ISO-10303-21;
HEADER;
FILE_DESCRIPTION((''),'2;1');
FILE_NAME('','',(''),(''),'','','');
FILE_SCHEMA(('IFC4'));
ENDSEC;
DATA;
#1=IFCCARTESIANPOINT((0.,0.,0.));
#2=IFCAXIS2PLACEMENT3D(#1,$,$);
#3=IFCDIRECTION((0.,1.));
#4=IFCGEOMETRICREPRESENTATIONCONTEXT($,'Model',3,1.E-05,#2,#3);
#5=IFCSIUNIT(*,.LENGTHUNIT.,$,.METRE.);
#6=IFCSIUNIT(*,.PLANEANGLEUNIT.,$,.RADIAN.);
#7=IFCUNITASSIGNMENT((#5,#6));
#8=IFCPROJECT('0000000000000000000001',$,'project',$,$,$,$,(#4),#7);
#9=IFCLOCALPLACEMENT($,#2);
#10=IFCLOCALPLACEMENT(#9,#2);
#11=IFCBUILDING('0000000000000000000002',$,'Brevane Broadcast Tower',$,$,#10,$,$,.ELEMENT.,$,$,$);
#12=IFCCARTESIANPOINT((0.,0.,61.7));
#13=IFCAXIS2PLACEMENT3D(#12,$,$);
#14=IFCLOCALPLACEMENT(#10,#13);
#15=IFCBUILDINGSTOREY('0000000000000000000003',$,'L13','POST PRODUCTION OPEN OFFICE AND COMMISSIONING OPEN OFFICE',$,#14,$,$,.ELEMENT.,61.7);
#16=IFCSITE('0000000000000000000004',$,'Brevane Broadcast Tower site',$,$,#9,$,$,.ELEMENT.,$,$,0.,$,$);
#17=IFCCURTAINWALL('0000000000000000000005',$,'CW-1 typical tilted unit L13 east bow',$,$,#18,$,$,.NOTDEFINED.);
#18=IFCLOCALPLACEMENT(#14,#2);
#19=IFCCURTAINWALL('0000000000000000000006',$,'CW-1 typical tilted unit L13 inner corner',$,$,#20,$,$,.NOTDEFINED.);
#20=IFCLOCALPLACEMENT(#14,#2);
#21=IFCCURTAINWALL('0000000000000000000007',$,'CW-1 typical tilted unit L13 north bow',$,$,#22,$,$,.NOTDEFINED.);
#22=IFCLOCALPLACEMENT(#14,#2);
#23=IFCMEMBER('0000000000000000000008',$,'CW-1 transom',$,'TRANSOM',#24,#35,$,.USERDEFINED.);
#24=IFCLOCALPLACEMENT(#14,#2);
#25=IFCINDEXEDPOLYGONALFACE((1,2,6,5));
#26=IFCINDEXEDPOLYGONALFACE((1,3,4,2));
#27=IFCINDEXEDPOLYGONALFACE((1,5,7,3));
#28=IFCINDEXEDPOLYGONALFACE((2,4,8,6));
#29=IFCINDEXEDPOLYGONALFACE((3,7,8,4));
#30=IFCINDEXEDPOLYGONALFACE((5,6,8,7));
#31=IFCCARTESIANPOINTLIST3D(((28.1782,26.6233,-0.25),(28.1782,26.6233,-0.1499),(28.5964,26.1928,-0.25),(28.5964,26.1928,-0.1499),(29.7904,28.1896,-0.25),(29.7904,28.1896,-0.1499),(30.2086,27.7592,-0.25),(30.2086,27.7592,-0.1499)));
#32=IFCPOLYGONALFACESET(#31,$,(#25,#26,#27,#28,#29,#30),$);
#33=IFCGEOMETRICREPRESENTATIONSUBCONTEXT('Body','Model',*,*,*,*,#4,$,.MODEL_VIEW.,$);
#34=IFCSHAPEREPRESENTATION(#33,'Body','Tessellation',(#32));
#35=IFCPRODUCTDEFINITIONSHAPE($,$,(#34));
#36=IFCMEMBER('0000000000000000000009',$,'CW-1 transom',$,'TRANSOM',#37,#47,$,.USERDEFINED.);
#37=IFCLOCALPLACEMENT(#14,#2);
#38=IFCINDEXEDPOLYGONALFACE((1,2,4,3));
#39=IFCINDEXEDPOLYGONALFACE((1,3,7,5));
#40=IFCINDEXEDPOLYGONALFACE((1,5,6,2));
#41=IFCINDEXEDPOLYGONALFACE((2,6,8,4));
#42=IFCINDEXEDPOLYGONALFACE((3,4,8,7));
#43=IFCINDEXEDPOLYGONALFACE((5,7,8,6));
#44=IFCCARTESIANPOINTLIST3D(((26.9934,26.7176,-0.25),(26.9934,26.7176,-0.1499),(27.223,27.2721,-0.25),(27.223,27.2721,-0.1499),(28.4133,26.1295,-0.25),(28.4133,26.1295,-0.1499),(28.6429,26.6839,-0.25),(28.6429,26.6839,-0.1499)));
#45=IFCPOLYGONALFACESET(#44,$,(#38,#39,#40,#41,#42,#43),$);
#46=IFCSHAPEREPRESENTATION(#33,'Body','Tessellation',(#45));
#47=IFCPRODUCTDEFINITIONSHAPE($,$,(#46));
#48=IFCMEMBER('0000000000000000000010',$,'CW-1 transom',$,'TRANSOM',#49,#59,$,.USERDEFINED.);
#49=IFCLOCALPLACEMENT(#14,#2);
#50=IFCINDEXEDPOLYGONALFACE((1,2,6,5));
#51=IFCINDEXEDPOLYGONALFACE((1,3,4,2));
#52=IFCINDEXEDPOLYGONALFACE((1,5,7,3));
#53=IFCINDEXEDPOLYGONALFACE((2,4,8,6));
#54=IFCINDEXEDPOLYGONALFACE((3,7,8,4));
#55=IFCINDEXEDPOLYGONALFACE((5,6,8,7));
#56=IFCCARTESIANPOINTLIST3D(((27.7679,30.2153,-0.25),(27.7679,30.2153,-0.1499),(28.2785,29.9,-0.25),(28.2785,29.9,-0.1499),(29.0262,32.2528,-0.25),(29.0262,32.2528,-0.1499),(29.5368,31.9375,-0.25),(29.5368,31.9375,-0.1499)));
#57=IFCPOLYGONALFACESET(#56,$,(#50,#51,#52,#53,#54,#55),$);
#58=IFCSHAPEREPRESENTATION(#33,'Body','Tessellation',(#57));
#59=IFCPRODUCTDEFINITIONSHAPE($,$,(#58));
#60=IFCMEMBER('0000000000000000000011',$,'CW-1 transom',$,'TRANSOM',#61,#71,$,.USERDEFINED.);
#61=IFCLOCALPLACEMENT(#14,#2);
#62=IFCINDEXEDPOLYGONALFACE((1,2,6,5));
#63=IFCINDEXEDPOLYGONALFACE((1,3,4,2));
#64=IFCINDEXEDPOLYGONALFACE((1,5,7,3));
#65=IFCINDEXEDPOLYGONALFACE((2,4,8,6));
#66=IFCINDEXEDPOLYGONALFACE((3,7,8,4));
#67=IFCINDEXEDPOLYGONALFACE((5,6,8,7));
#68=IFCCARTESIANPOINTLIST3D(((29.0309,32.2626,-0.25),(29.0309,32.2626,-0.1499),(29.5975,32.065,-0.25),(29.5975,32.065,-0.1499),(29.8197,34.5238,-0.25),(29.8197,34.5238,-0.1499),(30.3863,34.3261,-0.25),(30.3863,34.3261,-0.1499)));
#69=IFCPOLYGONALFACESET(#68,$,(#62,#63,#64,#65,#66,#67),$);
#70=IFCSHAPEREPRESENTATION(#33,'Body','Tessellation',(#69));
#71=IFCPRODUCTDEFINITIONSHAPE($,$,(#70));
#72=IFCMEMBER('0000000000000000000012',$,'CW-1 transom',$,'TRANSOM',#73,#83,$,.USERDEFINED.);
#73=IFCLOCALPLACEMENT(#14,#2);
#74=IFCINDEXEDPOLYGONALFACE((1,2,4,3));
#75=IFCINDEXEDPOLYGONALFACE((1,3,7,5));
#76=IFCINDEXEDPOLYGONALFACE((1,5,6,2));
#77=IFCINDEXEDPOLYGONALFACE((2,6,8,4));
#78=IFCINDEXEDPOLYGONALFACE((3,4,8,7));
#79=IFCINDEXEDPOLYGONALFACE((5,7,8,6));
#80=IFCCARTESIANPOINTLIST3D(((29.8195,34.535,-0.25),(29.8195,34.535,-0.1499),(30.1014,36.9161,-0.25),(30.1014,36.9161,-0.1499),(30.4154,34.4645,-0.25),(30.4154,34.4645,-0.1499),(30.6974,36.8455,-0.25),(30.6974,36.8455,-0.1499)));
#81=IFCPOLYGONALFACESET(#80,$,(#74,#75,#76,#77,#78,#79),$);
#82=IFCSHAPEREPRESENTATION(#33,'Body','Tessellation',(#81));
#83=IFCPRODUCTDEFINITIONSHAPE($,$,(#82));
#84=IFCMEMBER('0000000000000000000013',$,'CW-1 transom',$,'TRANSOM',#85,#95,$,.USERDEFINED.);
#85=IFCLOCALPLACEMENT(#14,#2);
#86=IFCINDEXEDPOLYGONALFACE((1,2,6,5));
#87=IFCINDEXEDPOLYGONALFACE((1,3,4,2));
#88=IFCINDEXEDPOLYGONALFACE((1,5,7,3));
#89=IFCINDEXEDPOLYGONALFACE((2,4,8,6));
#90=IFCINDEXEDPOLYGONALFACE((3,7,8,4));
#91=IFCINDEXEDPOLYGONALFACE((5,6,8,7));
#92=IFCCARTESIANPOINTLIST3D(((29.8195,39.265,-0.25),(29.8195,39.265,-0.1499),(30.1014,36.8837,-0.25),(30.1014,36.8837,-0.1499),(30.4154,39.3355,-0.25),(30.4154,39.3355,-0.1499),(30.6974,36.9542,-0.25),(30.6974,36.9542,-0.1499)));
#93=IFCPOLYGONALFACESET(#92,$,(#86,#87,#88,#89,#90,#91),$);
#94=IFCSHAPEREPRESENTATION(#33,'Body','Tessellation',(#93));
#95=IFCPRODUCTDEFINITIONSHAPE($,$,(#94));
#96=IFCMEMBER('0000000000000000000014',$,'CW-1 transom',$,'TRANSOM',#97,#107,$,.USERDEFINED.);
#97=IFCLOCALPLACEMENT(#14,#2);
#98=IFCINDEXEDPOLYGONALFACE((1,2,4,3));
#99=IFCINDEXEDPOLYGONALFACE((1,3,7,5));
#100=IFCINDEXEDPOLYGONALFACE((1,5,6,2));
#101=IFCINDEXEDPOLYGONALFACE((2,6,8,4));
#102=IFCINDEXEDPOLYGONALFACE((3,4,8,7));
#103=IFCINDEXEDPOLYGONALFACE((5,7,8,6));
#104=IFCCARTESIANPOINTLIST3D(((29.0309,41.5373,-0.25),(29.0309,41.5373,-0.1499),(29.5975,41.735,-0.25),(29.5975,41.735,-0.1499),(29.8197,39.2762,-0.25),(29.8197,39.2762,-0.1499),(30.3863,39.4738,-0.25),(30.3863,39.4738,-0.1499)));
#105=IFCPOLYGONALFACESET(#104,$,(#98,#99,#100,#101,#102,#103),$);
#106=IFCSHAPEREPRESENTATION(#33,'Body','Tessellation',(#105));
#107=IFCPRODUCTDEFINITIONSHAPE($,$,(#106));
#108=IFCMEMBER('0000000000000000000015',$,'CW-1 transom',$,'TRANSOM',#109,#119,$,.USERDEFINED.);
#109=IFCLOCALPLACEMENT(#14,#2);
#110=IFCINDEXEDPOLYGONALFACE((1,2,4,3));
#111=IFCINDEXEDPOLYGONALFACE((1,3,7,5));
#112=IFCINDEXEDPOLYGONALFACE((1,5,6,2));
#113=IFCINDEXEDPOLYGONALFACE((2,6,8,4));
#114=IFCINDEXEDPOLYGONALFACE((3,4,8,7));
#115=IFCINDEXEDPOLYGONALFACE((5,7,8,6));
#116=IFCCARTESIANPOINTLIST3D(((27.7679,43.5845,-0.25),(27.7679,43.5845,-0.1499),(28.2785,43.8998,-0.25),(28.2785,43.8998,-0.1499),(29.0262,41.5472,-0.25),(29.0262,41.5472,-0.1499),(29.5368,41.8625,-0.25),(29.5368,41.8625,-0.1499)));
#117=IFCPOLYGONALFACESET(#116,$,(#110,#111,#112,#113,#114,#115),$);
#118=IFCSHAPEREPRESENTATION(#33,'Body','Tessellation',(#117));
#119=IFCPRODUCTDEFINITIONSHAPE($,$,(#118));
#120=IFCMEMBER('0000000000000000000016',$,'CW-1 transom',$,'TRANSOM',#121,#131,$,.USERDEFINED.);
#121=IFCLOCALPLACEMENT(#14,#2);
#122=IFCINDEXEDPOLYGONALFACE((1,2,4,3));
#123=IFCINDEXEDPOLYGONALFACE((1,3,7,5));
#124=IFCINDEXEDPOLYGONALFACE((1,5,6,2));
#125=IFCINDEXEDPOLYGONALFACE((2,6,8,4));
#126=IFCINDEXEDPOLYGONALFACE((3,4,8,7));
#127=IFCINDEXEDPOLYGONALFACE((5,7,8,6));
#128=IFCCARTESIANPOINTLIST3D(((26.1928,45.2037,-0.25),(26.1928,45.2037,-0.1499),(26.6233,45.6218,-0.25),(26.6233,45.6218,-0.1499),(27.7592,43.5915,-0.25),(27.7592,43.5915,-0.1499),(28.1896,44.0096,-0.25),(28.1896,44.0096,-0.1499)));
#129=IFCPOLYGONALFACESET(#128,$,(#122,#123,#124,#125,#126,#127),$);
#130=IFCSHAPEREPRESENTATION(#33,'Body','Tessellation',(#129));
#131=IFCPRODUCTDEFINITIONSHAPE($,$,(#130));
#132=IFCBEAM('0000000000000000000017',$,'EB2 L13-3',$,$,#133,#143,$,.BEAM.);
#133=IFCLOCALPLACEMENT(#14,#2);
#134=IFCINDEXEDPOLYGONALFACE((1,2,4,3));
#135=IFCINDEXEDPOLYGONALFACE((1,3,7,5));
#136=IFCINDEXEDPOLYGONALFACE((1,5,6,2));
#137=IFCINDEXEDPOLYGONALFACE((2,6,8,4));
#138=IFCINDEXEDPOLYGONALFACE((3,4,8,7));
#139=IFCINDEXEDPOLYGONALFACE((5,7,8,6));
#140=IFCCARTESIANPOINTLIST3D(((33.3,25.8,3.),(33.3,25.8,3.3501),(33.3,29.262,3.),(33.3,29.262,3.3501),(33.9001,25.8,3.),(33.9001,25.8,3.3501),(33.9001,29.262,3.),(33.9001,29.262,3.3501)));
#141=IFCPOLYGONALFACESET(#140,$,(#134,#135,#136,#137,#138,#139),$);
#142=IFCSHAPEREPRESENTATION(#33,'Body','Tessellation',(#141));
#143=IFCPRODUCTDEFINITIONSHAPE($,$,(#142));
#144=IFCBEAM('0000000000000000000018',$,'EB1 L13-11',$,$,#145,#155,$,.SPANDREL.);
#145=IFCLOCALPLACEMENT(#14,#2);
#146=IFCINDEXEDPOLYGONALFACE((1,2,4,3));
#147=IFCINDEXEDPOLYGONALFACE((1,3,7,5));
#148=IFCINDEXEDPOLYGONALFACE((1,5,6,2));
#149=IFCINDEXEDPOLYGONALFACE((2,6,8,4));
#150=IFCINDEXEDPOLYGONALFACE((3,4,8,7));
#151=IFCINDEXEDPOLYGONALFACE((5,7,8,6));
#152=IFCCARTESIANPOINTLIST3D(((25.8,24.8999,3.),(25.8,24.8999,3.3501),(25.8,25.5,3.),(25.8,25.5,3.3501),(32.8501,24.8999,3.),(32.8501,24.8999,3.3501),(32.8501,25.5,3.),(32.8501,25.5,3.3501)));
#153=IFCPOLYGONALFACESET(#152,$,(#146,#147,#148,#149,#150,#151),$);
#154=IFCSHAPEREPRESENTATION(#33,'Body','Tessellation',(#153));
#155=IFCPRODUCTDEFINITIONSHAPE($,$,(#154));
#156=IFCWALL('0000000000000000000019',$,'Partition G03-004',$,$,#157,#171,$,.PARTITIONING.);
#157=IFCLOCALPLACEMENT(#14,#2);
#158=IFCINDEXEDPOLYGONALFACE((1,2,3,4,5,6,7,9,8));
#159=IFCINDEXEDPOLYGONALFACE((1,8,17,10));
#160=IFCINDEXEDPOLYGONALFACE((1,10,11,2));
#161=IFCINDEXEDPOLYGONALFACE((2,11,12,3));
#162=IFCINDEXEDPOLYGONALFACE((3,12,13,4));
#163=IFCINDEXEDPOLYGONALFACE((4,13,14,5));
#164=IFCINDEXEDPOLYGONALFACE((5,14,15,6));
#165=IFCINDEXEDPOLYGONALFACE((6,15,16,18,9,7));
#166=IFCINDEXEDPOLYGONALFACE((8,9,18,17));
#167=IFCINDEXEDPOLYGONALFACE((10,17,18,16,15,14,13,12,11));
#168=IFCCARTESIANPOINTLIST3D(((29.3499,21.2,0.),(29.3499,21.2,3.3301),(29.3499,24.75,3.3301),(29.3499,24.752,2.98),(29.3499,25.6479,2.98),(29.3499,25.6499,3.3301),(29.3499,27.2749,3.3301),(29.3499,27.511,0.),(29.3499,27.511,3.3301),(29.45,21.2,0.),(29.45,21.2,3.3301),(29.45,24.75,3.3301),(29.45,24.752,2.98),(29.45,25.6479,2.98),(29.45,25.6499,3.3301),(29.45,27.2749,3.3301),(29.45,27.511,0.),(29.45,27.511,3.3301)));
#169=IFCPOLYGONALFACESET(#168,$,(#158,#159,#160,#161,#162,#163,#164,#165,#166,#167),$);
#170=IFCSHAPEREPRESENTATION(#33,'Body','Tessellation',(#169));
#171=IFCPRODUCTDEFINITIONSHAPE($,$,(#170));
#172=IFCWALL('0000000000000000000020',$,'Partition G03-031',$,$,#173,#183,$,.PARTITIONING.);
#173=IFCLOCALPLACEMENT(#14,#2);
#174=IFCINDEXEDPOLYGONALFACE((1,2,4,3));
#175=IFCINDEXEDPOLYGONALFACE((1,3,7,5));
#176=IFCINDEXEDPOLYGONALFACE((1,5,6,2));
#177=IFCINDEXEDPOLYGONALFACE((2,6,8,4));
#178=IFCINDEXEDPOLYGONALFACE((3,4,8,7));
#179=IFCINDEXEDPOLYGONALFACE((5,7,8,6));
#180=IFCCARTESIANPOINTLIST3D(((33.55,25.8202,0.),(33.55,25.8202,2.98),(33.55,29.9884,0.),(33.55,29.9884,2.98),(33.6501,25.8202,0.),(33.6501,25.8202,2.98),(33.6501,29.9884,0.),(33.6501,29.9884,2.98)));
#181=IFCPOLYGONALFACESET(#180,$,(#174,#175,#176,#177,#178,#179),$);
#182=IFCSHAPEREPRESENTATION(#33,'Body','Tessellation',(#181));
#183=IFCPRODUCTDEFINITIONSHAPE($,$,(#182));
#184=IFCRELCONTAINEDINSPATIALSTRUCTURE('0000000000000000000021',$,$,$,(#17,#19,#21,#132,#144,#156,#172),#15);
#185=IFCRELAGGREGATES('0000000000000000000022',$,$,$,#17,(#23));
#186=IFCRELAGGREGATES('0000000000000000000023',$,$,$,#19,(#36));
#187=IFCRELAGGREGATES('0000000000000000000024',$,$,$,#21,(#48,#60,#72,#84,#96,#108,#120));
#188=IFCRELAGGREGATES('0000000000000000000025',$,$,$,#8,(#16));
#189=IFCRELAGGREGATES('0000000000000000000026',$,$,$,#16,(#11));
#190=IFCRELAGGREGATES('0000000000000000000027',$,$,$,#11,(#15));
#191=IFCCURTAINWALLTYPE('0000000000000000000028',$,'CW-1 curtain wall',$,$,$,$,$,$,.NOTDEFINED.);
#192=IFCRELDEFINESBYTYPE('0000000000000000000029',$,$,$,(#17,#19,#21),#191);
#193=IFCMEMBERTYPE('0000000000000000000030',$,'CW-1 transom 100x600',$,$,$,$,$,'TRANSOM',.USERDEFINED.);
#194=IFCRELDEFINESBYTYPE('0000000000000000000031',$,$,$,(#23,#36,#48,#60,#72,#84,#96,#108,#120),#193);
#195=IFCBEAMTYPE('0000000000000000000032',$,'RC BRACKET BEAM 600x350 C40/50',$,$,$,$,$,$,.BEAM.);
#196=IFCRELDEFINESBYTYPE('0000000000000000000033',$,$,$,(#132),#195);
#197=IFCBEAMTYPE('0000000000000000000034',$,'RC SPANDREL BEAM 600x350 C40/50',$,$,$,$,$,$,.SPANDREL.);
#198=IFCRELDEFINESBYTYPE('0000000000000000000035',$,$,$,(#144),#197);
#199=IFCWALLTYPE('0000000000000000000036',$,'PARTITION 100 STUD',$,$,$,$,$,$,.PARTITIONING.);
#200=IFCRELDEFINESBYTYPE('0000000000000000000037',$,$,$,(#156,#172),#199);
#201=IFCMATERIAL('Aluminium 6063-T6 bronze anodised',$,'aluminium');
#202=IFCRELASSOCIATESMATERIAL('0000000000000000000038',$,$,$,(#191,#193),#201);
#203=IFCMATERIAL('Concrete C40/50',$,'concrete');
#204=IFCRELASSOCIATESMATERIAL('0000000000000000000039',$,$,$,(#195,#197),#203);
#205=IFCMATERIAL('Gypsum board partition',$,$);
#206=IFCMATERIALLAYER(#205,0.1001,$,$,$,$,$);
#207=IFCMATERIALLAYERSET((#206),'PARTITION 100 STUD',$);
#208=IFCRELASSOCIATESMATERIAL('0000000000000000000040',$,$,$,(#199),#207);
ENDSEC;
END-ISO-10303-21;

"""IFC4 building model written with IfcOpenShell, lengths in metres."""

from ifc_helpers import new_model, si_unit, direction, frame, frame_2d, origin, origin_2d, place, context, subcontext, project, spatial, polyline, rectangle, outline, extrude, material, layer, layer_set, material_profile, profile_set, type_object, element, aggregate, save


model = new_model("IFC4")

# Units and contexts
model_context = context("Model", 3, precision=1e-05, world=origin(), true_north=direction((0.0, 1.0)))
body_context = subcontext(model_context, "Body", "Model", "MODEL_VIEW")
ifc_project = project(units=[si_unit("LENGTHUNIT", "METRE"), si_unit("PLANEANGLEUNIT", "RADIAN")], contexts=[model_context])

# Site, building, storey
site_placement = place(None, origin())
site = spatial("IfcSite", under=ifc_project, at=site_placement, Name="Brevane Broadcast Tower site", CompositionType="ELEMENT", RefElevation=0.0)
building_placement = place(site_placement, origin())
building = spatial("IfcBuilding", under=site, at=building_placement, Name="Brevane Broadcast Tower", CompositionType="ELEMENT")
storey_placement = place(building_placement, frame((0.0, 0.0, 61.7)))
storey = spatial("IfcBuildingStorey", under=building, at=storey_placement, Name="L13", Description="POST PRODUCTION OPEN OFFICE AND COMMISSIONING OPEN OFFICE", CompositionType="ELEMENT", Elevation=61.7)

# Curtain wall
ifc_material_1 = material(Name="Aluminium 6063-T6 bronze anodised", Category="aluminium")
curtain_wall_type = type_object("IfcCurtainWallType", Name="CW-1 curtain wall", PredefinedType="NOTDEFINED", material=ifc_material_1)
curtain_wall_1_placement = place(storey_placement, origin())
curtain_wall_1 = element("IfcCurtainWall", 1, at=curtain_wall_1_placement, inside=storey, type_object=curtain_wall_type, Name="CW-1 typical tilted unit L13 east bow", PredefinedType="NOTDEFINED")

# Curtain wall
curtain_wall_2_placement = place(storey_placement, origin())
curtain_wall_2 = element("IfcCurtainWall", 2, at=curtain_wall_2_placement, inside=storey, type_object=curtain_wall_type, Name="CW-1 typical tilted unit L13 inner corner", PredefinedType="NOTDEFINED")

# Curtain wall
curtain_wall_3_placement = place(storey_placement, origin())
curtain_wall_3 = element("IfcCurtainWall", 3, at=curtain_wall_3_placement, inside=storey, type_object=curtain_wall_type, Name="CW-1 typical tilted unit L13 north bow", PredefinedType="NOTDEFINED")

# Members
ifc_material_profile_1 = material_profile(ifc_material_1, rectangle(XDim=0.6001, YDim=0.1001, at=origin_2d()), Name="RECT 100x600")
ifc_profile_set_1 = profile_set([ifc_material_profile_1], Name="Aluminium 6063-T6 bronze anodised")
member_type_1 = type_object("IfcMemberType", Name="CW-1 transom 100x600", ElementType="TRANSOM", PredefinedType="USERDEFINED", material=ifc_profile_set_1)
member_1_placement = place(storey_placement, frame((29.9995, 27.9744, -0.2), z_axis=(-0.717242, -0.696824, 0.0), x_axis=(0.696824, -0.717242, 0.0)))
member_1 = element("IfcMember", 4, at=member_1_placement, type_object=member_type_1, Name="CW-1 transom", ObjectType="TRANSOM", PredefinedType="USERDEFINED", context=body_context, shape_type="SweptSolid", body=[
    extrude(rectangle(XDim=0.6001, YDim=0.1001, at=origin_2d()), origin(), (0.0, 0.0, 1.0), 2.2478),
])
aggregate(curtain_wall_1, [member_1])
member_2_placement = place(storey_placement, frame((28.5281, 26.4067, -0.2), z_axis=(-0.923883, 0.382674, 0.0), x_axis=(-0.382674, -0.923883, 0.0)))
member_2 = element("IfcMember", 5, at=member_2_placement, type_object=member_type_1, Name="CW-1 transom", ObjectType="TRANSOM", PredefinedType="USERDEFINED", context=body_context, shape_type="SweptSolid", body=[
    extrude(rectangle(XDim=0.6001, YDim=0.1001, at=origin_2d()), origin(), (0.0, 0.0, 1.0), 1.5369),
])
aggregate(curtain_wall_2, [member_2])
member_3_placement = place(storey_placement, frame((28.0232, 30.0576, -0.2), z_axis=(0.525428, 0.850838, 0.0), x_axis=(-0.850838, 0.525428, 0.0)))
member_3 = element("IfcMember", 6, at=member_3_placement, type_object=member_type_1, Name="CW-1 transom", ObjectType="TRANSOM", PredefinedType="USERDEFINED", context=body_context, shape_type="SweptSolid", body=[
    extrude(rectangle(XDim=0.6001, YDim=0.1001, at=origin_2d()), origin(), (0.0, 0.0, 1.0), 2.3948),
])
member_4_placement = place(storey_placement, frame((29.3142, 32.1638, -0.2), z_axis=(0.329378, 0.944198, 0.0), x_axis=(-0.944198, 0.329378, 0.0)))
member_4 = element("IfcMember", 7, at=member_4_placement, type_object=member_type_1, Name="CW-1 transom", ObjectType="TRANSOM", PredefinedType="USERDEFINED", context=body_context, shape_type="SweptSolid", body=[
    extrude(rectangle(XDim=0.6001, YDim=0.1001, at=origin_2d()), origin(), (0.0, 0.0, 1.0), 2.3948),
])
member_5_placement = place(storey_placement, frame((30.1174, 34.4998, -0.2), z_axis=(0.117603, 0.993061, 0.0), x_axis=(-0.993061, 0.117603, 0.0)))
member_5 = element("IfcMember", 8, at=member_5_placement, type_object=member_type_1, Name="CW-1 transom", ObjectType="TRANSOM", PredefinedType="USERDEFINED", context=body_context, shape_type="SweptSolid", body=[
    extrude(rectangle(XDim=0.6001, YDim=0.1001, at=origin_2d()), origin(), (0.0, 0.0, 1.0), 2.3977),
])
member_6_placement = place(storey_placement, frame((30.3994, 36.9189, -0.2), z_axis=(-0.117591, 0.993062, 0.0), x_axis=(-0.993062, -0.117591, 0.0)))
member_6 = element("IfcMember", 9, at=member_6_placement, type_object=member_type_1, Name="CW-1 transom", ObjectType="TRANSOM", PredefinedType="USERDEFINED", context=body_context, shape_type="SweptSolid", body=[
    extrude(rectangle(XDim=0.6001, YDim=0.1001, at=origin_2d()), origin(), (0.0, 0.0, 1.0), 2.3979),
])
member_7_placement = place(storey_placement, frame((30.103, 39.375, -0.2), z_axis=(-0.329378, 0.944198, 0.0), x_axis=(-0.944198, -0.329378, 0.0)))
member_7 = element("IfcMember", 10, at=member_7_placement, type_object=member_type_1, Name="CW-1 transom", ObjectType="TRANSOM", PredefinedType="USERDEFINED", context=body_context, shape_type="SweptSolid", body=[
    extrude(rectangle(XDim=0.6001, YDim=0.1001, at=origin_2d()), origin(), (0.0, 0.0, 1.0), 2.3948),
])
member_8_placement = place(storey_placement, frame((29.2815, 41.7048, -0.2), z_axis=(-0.525473, 0.85081, 0.0), x_axis=(-0.85081, -0.525473, 0.0)))
member_8 = element("IfcMember", 11, at=member_8_placement, type_object=member_type_1, Name="CW-1 transom", ObjectType="TRANSOM", PredefinedType="USERDEFINED", context=body_context, shape_type="SweptSolid", body=[
    extrude(rectangle(XDim=0.6001, YDim=0.1001, at=origin_2d()), origin(), (0.0, 0.0, 1.0), 2.3945),
])
member_9_placement = place(storey_placement, frame((27.9744, 43.8005, -0.2), z_axis=(-0.696824, 0.717242, 0.0), x_axis=(-0.717242, -0.696824, 0.0)))
member_9 = element("IfcMember", 12, at=member_9_placement, type_object=member_type_1, Name="CW-1 transom", ObjectType="TRANSOM", PredefinedType="USERDEFINED", context=body_context, shape_type="SweptSolid", body=[
    extrude(rectangle(XDim=0.6001, YDim=0.1001, at=origin_2d()), origin(), (0.0, 0.0, 1.0), 2.2478),
])
aggregate(curtain_wall_3, [member_3, member_4, member_5, member_6, member_7, member_8, member_9])

# Beams
ifc_material_2 = material(Name="Concrete C40/50", Category="concrete")
ifc_material_profile_2 = material_profile(ifc_material_2, rectangle(XDim=0.6001, YDim=0.3501, at=origin_2d()), Name="RC 600x350")
ifc_profile_set_2 = profile_set([ifc_material_profile_2], Name="Concrete C40/50")
beam_type_1 = type_object("IfcBeamType", Name="RC BRACKET BEAM 600x350 C40/50", PredefinedType="BEAM", material=ifc_profile_set_2)
beam_1_placement = place(storey_placement, frame((33.6001, 25.8, 3.175), z_axis=(0.0, 1.0, 0.0), x_axis=(-1.0, 0.0, 0.0)))
element("IfcBeam", 13, at=beam_1_placement, inside=storey, type_object=beam_type_1, Name="EB2 L13-3", PredefinedType="BEAM", context=body_context, shape_type="SweptSolid", body=[
    extrude(rectangle(XDim=0.6001, YDim=0.3501, at=origin_2d()), origin(), (0.0, 0.0, 1.0), 3.4619),
])
ifc_material_profile_3 = material_profile(ifc_material_2, rectangle(XDim=0.6001, YDim=0.3501, at=origin_2d()), Name="RC 600x350")
ifc_profile_set_3 = profile_set([ifc_material_profile_3], Name="Concrete C40/50")
beam_type_2 = type_object("IfcBeamType", Name="RC SPANDREL BEAM 600x350 C40/50", PredefinedType="SPANDREL", material=ifc_profile_set_3)
beam_2_placement = place(storey_placement, frame((32.8501, 25.2, 3.175), z_axis=(-1.0, 0.0, 0.0), x_axis=(0.0, -1.0, 0.0)))
element("IfcBeam", 14, at=beam_2_placement, inside=storey, type_object=beam_type_2, Name="EB1 L13-11", PredefinedType="SPANDREL", context=body_context, shape_type="SweptSolid", body=[
    extrude(rectangle(XDim=0.6001, YDim=0.3501, at=origin_2d()), origin(), (0.0, 0.0, 1.0), 7.05),
])

# Walls
ifc_material_3 = material(Name="Gypsum board partition")
ifc_layer = layer(ifc_material_3, 0.1001)
ifc_layer_set = layer_set([ifc_layer], Name="PARTITION 100 STUD")
wall_type = type_object("IfcWallType", Name="PARTITION 100 STUD", PredefinedType="PARTITIONING", material=ifc_layer_set)
wall_1_placement = place(storey_placement, frame((29.3999, 27.511, 0.0), z_axis=(0.0, 0.0, 1.0), x_axis=(0.0, -1.0, 0.0)))
element("IfcWall", 15, at=wall_1_placement, inside=storey, type_object=wall_type, Name="Partition G03-004", PredefinedType="PARTITIONING", context=body_context, shape_type="SweptSolid", body=[
    extrude(outline(polyline([(0.0, 0.0), (6.311, 0.0), (6.311, 3.3301), (2.761, 3.3301), (2.759, 2.98), (1.863, 2.98), (1.8611, 3.3301), (0.2361, 3.3301), (0.0, 3.3301), (0.0, 0.0)])), frame((0.0, 0.05, 0.0), z_axis=(0.0, -1.0, 0.0), x_axis=(1.0, 0.0, 0.0)), (0.0, 0.0, 1.0), 0.1001),
])
wall_2_placement = place(storey_placement, frame((33.6001, 29.9883, 0.0), z_axis=(0.0, 0.0, 1.0), x_axis=(0.0, -1.0, 0.0)))
element("IfcWall", 16, at=wall_2_placement, inside=storey, type_object=wall_type, Name="Partition G03-031", PredefinedType="PARTITIONING", context=body_context, shape_type="SweptSolid", body=[
    extrude(rectangle(XDim=4.1682, YDim=0.1001, at=frame_2d((2.084, 0.0))), origin(), (0.0, 0.0, 1.0), 2.98),
])

save(model, "model.ifc")
